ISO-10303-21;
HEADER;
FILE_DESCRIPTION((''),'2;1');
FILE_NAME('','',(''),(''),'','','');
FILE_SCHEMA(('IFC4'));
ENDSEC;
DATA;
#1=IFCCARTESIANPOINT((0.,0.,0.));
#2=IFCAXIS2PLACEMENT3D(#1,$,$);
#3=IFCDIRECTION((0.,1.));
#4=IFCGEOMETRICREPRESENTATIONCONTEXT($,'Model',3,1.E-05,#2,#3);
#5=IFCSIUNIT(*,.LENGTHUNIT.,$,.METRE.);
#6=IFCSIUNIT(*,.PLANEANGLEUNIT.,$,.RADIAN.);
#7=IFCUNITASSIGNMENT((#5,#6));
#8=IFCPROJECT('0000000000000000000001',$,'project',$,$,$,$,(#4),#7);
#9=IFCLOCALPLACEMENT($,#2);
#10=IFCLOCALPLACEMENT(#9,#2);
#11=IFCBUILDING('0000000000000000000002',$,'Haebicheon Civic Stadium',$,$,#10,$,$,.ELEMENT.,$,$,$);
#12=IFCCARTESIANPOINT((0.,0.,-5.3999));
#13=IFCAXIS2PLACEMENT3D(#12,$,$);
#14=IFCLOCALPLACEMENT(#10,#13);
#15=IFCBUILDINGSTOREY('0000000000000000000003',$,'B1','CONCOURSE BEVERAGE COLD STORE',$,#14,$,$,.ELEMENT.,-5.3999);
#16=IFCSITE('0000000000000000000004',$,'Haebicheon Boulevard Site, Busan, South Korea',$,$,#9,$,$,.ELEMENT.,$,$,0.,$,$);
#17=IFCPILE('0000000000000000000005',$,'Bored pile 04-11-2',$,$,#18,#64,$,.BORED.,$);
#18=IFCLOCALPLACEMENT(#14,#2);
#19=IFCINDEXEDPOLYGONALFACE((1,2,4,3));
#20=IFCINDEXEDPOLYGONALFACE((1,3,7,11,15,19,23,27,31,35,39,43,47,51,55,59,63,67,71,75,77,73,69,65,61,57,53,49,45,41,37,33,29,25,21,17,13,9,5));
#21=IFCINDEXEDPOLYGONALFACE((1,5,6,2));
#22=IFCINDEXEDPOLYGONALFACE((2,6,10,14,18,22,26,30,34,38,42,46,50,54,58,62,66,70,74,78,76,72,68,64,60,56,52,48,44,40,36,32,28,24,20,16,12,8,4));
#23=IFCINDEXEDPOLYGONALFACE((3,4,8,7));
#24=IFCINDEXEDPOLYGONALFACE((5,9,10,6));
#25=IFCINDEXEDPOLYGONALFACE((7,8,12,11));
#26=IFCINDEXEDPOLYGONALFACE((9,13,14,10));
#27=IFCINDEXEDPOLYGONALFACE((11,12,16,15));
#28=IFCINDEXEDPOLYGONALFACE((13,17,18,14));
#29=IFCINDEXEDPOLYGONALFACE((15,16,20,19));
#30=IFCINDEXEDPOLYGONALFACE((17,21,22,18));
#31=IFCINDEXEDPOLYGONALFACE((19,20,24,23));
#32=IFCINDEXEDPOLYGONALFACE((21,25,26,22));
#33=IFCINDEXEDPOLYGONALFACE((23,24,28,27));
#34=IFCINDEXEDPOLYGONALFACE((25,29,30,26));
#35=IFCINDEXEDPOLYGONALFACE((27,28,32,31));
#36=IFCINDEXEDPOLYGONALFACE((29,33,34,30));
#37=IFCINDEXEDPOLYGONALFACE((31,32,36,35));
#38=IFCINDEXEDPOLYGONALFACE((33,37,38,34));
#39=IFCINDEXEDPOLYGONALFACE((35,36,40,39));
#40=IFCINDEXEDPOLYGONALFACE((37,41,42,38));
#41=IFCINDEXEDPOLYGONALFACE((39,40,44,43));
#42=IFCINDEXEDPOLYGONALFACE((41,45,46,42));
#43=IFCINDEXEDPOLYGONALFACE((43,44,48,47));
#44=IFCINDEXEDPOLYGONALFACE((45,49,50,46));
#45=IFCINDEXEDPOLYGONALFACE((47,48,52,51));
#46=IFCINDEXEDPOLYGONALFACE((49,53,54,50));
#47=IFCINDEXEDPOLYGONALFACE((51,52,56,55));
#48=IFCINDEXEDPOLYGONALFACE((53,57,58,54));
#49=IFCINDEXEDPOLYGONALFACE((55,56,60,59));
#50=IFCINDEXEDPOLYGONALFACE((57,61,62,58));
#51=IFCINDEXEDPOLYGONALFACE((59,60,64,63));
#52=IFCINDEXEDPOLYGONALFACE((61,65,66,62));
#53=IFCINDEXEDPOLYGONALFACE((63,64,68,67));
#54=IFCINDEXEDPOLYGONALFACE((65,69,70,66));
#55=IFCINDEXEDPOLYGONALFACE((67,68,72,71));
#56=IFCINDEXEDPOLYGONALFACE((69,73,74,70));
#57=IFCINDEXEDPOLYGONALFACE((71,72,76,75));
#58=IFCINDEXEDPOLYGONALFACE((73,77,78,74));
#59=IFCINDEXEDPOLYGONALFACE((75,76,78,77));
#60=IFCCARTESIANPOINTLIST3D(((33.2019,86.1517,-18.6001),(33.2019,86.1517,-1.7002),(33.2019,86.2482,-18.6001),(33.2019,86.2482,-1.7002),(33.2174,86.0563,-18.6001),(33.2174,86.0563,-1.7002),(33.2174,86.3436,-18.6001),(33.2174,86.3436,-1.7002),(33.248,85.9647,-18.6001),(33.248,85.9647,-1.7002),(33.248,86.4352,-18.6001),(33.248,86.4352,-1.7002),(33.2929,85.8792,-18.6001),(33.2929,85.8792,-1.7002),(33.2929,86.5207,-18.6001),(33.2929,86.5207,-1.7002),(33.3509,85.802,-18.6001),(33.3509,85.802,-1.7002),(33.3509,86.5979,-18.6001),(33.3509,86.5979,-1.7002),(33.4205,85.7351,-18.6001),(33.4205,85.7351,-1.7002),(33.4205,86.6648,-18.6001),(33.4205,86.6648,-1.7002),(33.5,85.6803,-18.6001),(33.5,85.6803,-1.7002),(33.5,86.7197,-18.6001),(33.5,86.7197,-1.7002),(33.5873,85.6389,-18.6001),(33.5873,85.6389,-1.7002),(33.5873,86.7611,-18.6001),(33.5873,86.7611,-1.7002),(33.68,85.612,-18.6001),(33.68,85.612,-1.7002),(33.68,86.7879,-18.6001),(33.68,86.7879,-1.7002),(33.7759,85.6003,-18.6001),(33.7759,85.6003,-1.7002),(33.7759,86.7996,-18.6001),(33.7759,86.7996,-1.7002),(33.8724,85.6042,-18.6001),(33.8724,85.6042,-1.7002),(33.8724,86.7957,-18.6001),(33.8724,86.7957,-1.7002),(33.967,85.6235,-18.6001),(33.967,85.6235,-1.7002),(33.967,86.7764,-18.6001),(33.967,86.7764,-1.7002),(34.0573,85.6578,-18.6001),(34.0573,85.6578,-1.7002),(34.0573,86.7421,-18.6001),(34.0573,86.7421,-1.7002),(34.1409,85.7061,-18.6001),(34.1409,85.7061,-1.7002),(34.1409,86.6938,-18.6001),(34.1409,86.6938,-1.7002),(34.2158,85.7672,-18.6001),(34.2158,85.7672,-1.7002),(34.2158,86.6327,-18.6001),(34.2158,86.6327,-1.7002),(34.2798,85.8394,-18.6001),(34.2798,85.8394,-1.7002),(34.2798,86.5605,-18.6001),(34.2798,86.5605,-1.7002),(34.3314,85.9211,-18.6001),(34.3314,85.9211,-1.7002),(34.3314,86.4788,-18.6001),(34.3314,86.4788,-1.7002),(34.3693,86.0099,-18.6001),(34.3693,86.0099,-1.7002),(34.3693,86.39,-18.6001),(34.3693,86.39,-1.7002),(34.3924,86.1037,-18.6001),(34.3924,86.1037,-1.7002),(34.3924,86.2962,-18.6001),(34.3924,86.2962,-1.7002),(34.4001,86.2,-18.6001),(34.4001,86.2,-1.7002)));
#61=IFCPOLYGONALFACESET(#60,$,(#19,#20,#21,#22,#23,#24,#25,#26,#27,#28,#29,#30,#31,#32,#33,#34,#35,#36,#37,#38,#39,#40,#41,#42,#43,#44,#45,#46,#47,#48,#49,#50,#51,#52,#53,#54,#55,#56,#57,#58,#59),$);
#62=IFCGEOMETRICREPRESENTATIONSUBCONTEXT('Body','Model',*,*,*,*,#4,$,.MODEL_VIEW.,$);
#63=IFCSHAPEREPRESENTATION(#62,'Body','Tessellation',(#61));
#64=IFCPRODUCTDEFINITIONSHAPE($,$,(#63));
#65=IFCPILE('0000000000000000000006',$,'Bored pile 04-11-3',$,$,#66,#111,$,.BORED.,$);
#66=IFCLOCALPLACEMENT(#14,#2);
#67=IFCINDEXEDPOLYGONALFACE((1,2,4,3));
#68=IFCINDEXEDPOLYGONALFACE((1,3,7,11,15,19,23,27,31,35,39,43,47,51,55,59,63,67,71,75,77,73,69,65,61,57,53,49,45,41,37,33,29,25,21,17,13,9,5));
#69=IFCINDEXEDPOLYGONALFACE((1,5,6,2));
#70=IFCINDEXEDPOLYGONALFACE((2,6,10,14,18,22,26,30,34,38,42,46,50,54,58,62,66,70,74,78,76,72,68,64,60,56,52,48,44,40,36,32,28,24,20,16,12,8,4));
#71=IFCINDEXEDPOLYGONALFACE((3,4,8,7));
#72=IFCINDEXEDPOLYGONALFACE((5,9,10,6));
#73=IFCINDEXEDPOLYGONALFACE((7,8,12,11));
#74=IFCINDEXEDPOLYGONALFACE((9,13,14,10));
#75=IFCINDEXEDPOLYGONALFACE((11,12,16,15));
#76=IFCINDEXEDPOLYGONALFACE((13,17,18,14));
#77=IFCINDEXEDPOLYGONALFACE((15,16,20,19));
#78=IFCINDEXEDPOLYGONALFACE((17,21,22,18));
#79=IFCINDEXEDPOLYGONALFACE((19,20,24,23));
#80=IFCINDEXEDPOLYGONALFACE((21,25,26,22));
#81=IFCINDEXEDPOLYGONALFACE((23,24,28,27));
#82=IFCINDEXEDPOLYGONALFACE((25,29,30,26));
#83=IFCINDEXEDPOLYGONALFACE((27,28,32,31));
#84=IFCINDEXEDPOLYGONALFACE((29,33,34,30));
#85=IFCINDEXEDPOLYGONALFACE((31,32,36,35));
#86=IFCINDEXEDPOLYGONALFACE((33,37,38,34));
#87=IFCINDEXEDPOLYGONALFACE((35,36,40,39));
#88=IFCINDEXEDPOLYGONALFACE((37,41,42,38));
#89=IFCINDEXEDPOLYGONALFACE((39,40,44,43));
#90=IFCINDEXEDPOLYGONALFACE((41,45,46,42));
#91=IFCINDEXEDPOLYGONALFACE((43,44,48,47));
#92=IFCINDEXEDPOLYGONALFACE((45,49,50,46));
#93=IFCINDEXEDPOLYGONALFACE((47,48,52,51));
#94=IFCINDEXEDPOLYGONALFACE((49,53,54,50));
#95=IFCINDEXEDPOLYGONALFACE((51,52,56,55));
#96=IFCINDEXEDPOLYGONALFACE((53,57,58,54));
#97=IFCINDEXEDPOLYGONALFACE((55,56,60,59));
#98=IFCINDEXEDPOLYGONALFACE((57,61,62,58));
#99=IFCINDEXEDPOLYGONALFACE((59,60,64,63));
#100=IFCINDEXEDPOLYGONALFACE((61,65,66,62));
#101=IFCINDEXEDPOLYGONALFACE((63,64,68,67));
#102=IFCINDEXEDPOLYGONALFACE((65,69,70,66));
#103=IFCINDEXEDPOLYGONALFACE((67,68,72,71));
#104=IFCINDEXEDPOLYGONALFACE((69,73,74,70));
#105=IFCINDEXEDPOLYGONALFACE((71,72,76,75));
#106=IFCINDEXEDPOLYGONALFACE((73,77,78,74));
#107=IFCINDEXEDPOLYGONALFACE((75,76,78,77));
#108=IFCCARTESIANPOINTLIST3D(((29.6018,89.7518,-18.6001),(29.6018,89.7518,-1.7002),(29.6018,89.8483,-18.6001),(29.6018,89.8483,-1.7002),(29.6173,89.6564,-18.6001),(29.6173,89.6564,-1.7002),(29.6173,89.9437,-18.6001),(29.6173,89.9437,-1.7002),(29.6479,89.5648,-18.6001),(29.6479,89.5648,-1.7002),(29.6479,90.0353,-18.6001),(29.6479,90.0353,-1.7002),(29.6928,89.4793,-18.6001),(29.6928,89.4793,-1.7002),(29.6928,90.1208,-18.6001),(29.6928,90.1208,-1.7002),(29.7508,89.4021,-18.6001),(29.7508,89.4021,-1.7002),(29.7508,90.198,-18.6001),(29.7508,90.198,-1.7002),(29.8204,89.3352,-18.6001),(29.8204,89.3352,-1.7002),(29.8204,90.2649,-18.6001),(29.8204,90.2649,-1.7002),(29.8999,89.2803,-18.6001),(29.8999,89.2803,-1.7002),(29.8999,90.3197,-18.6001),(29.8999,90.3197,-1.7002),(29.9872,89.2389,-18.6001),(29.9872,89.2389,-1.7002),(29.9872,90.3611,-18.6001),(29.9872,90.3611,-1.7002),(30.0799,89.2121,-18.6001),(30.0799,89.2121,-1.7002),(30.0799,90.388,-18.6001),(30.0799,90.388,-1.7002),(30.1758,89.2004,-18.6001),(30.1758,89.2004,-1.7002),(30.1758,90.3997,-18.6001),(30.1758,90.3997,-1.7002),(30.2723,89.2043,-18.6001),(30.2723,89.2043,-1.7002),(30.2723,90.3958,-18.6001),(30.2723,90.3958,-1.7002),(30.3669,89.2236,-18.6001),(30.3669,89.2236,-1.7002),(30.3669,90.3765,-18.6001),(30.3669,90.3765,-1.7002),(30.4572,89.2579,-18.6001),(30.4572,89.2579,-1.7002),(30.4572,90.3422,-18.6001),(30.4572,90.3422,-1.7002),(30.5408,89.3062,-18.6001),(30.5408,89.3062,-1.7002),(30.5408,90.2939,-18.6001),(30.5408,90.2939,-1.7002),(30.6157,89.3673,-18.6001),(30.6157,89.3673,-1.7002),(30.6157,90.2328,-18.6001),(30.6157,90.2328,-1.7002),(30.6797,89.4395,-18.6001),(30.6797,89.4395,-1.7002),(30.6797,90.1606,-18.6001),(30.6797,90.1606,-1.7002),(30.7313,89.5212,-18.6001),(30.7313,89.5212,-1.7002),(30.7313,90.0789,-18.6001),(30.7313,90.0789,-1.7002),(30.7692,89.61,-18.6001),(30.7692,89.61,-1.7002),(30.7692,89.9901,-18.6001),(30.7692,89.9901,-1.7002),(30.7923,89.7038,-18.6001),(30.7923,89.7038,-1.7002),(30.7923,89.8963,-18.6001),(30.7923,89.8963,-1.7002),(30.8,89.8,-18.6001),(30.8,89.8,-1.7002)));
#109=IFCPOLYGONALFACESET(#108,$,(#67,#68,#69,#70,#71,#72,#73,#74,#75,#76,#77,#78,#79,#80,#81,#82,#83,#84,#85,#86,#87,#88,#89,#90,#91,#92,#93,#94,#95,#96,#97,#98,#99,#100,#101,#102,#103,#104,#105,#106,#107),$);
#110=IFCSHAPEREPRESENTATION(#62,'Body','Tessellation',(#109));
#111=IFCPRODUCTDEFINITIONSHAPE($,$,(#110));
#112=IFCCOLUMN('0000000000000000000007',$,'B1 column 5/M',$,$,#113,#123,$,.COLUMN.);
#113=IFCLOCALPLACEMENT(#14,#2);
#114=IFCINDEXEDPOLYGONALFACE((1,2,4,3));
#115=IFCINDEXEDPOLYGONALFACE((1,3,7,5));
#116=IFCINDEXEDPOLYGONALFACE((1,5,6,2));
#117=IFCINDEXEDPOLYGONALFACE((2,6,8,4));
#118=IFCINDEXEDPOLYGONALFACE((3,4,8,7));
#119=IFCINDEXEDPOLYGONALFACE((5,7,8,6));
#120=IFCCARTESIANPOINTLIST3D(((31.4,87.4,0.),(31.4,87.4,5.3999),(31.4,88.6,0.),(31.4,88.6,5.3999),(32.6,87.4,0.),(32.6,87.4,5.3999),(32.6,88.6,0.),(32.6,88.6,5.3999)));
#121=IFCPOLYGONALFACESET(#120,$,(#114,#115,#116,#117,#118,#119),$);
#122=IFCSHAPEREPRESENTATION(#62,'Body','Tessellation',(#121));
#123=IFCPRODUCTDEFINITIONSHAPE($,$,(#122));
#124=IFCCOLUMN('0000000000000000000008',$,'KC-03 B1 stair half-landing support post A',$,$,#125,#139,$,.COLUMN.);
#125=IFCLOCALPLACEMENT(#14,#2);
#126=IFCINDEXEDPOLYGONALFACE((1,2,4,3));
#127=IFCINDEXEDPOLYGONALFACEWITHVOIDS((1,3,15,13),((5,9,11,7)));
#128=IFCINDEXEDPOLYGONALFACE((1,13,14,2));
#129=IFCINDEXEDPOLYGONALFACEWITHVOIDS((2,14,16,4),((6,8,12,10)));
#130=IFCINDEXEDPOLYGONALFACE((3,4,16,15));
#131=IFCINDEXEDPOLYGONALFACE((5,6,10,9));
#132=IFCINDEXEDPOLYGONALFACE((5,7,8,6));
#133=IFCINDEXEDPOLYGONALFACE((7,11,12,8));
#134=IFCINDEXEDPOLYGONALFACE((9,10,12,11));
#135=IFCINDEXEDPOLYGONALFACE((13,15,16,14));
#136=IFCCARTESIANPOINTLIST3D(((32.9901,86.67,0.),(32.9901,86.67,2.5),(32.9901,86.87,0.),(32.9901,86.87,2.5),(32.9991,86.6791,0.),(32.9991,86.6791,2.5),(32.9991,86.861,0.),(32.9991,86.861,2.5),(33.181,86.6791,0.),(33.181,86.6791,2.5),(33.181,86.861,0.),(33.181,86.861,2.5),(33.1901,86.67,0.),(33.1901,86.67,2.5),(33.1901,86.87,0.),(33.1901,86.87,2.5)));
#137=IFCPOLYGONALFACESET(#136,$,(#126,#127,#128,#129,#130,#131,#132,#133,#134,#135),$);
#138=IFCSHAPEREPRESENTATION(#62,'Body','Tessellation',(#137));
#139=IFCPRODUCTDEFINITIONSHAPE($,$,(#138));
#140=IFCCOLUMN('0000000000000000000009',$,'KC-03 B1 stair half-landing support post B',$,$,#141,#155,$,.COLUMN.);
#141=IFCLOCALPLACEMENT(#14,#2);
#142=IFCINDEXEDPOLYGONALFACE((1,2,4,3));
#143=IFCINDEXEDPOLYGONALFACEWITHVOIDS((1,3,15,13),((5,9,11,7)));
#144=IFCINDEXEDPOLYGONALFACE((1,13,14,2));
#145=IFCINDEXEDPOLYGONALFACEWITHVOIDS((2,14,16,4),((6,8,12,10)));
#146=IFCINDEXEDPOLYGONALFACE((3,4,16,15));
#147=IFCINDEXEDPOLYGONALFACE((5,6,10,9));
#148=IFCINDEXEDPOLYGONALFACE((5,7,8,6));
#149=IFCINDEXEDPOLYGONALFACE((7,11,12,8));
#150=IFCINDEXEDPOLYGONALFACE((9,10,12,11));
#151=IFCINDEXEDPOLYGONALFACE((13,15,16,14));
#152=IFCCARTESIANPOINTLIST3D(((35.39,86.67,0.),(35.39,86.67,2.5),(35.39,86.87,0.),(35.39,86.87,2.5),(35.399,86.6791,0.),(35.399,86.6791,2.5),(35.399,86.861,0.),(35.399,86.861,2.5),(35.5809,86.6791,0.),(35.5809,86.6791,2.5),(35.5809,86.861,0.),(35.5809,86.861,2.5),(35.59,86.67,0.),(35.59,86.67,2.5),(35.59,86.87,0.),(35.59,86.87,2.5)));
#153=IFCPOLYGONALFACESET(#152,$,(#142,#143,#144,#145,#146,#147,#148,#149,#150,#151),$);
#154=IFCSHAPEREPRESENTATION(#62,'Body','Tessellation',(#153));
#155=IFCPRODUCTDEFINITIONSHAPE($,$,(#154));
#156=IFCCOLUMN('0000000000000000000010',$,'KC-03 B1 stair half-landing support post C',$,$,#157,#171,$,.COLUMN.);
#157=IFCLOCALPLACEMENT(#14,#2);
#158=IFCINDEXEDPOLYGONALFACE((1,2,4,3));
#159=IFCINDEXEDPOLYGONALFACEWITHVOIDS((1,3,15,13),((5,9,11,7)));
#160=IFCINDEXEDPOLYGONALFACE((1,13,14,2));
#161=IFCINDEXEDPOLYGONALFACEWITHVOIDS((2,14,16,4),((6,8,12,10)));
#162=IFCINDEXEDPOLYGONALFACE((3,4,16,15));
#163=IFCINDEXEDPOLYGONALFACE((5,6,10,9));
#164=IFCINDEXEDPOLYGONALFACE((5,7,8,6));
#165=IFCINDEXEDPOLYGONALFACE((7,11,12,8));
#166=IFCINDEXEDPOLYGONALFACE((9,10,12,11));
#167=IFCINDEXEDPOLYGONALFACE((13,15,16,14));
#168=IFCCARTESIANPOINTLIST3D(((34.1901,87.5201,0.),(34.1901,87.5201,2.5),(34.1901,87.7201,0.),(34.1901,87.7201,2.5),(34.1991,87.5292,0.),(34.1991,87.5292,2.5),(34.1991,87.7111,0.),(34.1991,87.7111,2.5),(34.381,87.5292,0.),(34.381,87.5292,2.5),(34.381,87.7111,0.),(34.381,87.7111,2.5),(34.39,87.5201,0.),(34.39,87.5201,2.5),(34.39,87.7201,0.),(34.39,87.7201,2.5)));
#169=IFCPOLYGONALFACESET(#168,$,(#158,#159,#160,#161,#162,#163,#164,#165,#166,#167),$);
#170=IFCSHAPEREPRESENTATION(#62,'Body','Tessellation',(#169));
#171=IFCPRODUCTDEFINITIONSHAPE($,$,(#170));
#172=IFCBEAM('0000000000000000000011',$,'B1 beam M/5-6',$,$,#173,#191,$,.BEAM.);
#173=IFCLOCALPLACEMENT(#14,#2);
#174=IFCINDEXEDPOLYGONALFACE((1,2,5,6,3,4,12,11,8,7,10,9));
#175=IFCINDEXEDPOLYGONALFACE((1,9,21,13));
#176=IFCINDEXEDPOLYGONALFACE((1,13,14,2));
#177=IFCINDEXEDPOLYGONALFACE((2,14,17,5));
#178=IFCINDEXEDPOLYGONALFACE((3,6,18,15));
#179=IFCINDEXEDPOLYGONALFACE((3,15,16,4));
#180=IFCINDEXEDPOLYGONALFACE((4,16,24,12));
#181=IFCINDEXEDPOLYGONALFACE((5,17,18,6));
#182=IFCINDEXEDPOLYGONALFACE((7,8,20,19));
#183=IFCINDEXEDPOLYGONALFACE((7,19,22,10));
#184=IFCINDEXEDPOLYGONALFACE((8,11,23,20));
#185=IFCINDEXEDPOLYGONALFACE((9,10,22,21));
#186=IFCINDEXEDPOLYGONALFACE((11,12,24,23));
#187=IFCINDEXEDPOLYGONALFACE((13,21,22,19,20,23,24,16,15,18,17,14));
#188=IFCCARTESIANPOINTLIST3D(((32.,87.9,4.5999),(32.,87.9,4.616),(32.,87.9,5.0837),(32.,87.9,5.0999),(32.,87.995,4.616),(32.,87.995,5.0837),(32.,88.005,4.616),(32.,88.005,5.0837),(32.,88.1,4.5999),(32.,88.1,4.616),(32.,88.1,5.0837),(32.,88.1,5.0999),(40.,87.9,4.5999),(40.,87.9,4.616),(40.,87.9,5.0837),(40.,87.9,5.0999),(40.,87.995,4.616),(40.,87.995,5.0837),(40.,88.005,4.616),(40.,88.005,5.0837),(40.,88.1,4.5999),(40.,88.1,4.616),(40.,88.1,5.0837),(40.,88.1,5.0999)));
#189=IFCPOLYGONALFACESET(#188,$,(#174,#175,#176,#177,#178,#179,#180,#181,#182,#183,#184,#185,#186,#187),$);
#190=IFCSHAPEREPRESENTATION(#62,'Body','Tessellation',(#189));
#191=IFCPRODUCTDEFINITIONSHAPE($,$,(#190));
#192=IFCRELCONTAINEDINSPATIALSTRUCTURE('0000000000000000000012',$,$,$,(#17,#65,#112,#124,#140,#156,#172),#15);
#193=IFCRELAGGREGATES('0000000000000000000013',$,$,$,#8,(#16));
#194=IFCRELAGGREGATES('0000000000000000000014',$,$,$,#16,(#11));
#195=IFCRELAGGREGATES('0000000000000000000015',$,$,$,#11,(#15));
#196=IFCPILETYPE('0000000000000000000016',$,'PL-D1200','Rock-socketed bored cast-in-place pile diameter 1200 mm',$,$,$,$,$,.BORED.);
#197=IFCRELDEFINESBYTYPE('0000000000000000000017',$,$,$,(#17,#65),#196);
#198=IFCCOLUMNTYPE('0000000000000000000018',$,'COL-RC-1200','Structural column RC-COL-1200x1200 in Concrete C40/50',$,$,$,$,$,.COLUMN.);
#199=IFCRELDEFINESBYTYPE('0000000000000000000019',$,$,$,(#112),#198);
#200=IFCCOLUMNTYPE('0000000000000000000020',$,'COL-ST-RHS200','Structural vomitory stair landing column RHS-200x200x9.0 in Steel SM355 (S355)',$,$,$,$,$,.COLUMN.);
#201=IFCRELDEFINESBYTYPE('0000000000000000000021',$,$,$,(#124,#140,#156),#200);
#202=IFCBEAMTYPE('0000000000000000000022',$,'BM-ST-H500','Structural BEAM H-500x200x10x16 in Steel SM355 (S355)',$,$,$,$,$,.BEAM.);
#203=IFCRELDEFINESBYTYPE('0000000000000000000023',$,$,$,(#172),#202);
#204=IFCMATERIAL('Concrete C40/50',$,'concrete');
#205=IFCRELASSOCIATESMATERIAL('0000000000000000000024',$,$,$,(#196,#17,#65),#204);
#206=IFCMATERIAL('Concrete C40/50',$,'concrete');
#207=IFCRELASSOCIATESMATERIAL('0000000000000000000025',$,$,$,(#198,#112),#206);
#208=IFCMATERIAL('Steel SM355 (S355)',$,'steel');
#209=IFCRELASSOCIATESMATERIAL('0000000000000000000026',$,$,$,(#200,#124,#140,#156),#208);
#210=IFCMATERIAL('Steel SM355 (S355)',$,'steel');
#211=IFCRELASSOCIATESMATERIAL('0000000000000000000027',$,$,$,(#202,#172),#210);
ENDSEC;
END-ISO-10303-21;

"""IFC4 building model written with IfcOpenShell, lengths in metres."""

from ifc_helpers import new_model, si_unit, direction, frame, origin, origin_2d, place, context, subcontext, project, spatial, rectangle, hollow_rectangle, circle, i_section, extrude, material, material_profile, profile_set, type_object, element, save


model = new_model("IFC4")

# Units and contexts
model_context = context("Model", 3, precision=1e-05, world=origin(), true_north=direction((0.0, 1.0)))
body_context = subcontext(model_context, "Body", "Model", "MODEL_VIEW")
ifc_project = project(units=[si_unit("LENGTHUNIT", "METRE"), si_unit("PLANEANGLEUNIT", "RADIAN")], contexts=[model_context])

# Site, building, storey
site_placement = place(None, origin())
site = spatial("IfcSite", under=ifc_project, at=site_placement, Name="Haebicheon Boulevard Site, Busan, South Korea", CompositionType="ELEMENT", RefElevation=0.0)
building_placement = place(site_placement, origin())
building = spatial("IfcBuilding", under=site, at=building_placement, Name="Haebicheon Civic Stadium", CompositionType="ELEMENT")
storey_placement = place(building_placement, frame((0.0, 0.0, -5.3999)))
storey = spatial("IfcBuildingStorey", under=building, at=storey_placement, Name="B1", Description="CONCOURSE BEVERAGE COLD STORE", CompositionType="ELEMENT", Elevation=-5.3999)

# Piles
ifc_material_1 = material(Name="Concrete C40/50", Category="concrete")
ifc_material_profile_1 = material_profile(ifc_material_1, circle(Radius=0.6001, at=origin_2d()), Name="PILE-D1200")
ifc_profile_set_1 = profile_set([ifc_material_profile_1], Name="Concrete C40/50")
pile_type = type_object("IfcPileType", Name="PL-D1200", Description="Rock-socketed bored cast-in-place pile diameter 1200 mm", PredefinedType="BORED", material=ifc_profile_set_1)
for number, where, z_axis, x_axis, name in (
    (1, (33.8, 86.2, -1.7002), (0.0, 0.0, -1.0), (1.0, 0.0, 0.0), "Bored pile 04-11-2"),
    (2, (30.2, 89.8, -1.7002), (0.0, 0.0, -1.0), (1.0, 0.0, 0.0), "Bored pile 04-11-3"),
):
    element("IfcPile", number, at=place(storey_placement, frame(where, z_axis=z_axis, x_axis=x_axis)), inside=storey, type_object=pile_type, material=ifc_profile_set_1, Name=name, PredefinedType="BORED", context=body_context, shape_type="SweptSolid", body=[
        extrude(circle(Radius=0.6001, at=origin_2d()), origin(), (0.0, 0.0, 1.0), 16.8999),
    ])

# Columns
ifc_material_2 = material(Name="Concrete C40/50", Category="concrete")
ifc_material_profile_2 = material_profile(ifc_material_2, rectangle(XDim=1.2, YDim=1.2, at=origin_2d()), Name="RC-COL-1200x1200")
ifc_profile_set_2 = profile_set([ifc_material_profile_2], Name="Concrete C40/50")
column_type_1 = type_object("IfcColumnType", Name="COL-RC-1200", Description="Structural column RC-COL-1200x1200 in Concrete C40/50", PredefinedType="COLUMN", material=ifc_profile_set_2)
column_placement = place(storey_placement, frame((32.0, 88.0, 0.0), z_axis=(0.0, 0.0, 1.0), x_axis=(1.0, 0.0, 0.0)))
element("IfcColumn", 3, at=column_placement, inside=storey, type_object=column_type_1, material=ifc_profile_set_2, Name="B1 column 5/M", PredefinedType="COLUMN", context=body_context, shape_type="SweptSolid", body=[
    extrude(rectangle(XDim=1.2, YDim=1.2, at=origin_2d()), origin(), (0.0, 0.0, 1.0), 5.3999),
])
ifc_material_3 = material(Name="Steel SM355 (S355)", Category="steel")
ifc_material_profile_3 = material_profile(ifc_material_3, hollow_rectangle(XDim=0.2, YDim=0.2, WallThickness=0.009, at=origin_2d()), Name="RHS-200x200x9.0")
ifc_profile_set_3 = profile_set([ifc_material_profile_3], Name="Steel SM355 (S355)")
column_type_2 = type_object("IfcColumnType", Name="COL-ST-RHS200", Description="Structural vomitory stair landing column RHS-200x200x9.0 in Steel SM355 (S355)", PredefinedType="COLUMN", material=ifc_profile_set_3)
for number, where, z_axis, x_axis, name in (
    (4, (33.0901, 86.77, 0.0), (0.0, 0.0, 1.0), (1.0, 0.0, 0.0), "KC-03 B1 stair half-landing support post A"),
    (5, (35.49, 86.77, 0.0), (0.0, 0.0, 1.0), (1.0, 0.0, 0.0), "KC-03 B1 stair half-landing support post B"),
    (6, (34.29, 87.6201, 0.0), (0.0, 0.0, 1.0), (1.0, 0.0, 0.0), "KC-03 B1 stair half-landing support post C"),
):
    element("IfcColumn", number, at=place(storey_placement, frame(where, z_axis=z_axis, x_axis=x_axis)), inside=storey, type_object=column_type_2, material=ifc_profile_set_3, Name=name, PredefinedType="COLUMN", context=body_context, shape_type="SweptSolid", body=[
        extrude(hollow_rectangle(XDim=0.2, YDim=0.2, WallThickness=0.009, at=origin_2d()), origin(), (0.0, 0.0, 1.0), 2.5),
    ])

# Beam
ifc_material_4 = material(Name="Steel SM355 (S355)", Category="steel")
ifc_material_profile_4 = material_profile(ifc_material_4, i_section(OverallWidth=0.2, OverallDepth=0.5, WebThickness=0.01, FlangeThickness=0.0161, at=origin_2d()), Name="H-500x200x10x16")
ifc_profile_set_4 = profile_set([ifc_material_profile_4], Name="Steel SM355 (S355)")
beam_type_1 = type_object("IfcBeamType", Name="BM-ST-H500", Description="Structural BEAM H-500x200x10x16 in Steel SM355 (S355)", PredefinedType="BEAM", material=ifc_profile_set_4)
beam_1_placement = place(storey_placement, frame((32.0, 88.0, 4.8499), z_axis=(1.0, 0.0, 0.0), x_axis=(0.0, 1.0, 0.0)))
element("IfcBeam", 7, at=beam_1_placement, inside=storey, type_object=beam_type_1, material=ifc_profile_set_4, Name="B1 beam M/5-6", PredefinedType="BEAM", context=body_context, shape_type="SweptSolid", body=[
    extrude(i_section(OverallWidth=0.2, OverallDepth=0.5, WebThickness=0.01, FlangeThickness=0.0161, at=origin_2d()), origin(), (0.0, 0.0, 1.0), 8.0),
])

save(model, "model.ifc")
